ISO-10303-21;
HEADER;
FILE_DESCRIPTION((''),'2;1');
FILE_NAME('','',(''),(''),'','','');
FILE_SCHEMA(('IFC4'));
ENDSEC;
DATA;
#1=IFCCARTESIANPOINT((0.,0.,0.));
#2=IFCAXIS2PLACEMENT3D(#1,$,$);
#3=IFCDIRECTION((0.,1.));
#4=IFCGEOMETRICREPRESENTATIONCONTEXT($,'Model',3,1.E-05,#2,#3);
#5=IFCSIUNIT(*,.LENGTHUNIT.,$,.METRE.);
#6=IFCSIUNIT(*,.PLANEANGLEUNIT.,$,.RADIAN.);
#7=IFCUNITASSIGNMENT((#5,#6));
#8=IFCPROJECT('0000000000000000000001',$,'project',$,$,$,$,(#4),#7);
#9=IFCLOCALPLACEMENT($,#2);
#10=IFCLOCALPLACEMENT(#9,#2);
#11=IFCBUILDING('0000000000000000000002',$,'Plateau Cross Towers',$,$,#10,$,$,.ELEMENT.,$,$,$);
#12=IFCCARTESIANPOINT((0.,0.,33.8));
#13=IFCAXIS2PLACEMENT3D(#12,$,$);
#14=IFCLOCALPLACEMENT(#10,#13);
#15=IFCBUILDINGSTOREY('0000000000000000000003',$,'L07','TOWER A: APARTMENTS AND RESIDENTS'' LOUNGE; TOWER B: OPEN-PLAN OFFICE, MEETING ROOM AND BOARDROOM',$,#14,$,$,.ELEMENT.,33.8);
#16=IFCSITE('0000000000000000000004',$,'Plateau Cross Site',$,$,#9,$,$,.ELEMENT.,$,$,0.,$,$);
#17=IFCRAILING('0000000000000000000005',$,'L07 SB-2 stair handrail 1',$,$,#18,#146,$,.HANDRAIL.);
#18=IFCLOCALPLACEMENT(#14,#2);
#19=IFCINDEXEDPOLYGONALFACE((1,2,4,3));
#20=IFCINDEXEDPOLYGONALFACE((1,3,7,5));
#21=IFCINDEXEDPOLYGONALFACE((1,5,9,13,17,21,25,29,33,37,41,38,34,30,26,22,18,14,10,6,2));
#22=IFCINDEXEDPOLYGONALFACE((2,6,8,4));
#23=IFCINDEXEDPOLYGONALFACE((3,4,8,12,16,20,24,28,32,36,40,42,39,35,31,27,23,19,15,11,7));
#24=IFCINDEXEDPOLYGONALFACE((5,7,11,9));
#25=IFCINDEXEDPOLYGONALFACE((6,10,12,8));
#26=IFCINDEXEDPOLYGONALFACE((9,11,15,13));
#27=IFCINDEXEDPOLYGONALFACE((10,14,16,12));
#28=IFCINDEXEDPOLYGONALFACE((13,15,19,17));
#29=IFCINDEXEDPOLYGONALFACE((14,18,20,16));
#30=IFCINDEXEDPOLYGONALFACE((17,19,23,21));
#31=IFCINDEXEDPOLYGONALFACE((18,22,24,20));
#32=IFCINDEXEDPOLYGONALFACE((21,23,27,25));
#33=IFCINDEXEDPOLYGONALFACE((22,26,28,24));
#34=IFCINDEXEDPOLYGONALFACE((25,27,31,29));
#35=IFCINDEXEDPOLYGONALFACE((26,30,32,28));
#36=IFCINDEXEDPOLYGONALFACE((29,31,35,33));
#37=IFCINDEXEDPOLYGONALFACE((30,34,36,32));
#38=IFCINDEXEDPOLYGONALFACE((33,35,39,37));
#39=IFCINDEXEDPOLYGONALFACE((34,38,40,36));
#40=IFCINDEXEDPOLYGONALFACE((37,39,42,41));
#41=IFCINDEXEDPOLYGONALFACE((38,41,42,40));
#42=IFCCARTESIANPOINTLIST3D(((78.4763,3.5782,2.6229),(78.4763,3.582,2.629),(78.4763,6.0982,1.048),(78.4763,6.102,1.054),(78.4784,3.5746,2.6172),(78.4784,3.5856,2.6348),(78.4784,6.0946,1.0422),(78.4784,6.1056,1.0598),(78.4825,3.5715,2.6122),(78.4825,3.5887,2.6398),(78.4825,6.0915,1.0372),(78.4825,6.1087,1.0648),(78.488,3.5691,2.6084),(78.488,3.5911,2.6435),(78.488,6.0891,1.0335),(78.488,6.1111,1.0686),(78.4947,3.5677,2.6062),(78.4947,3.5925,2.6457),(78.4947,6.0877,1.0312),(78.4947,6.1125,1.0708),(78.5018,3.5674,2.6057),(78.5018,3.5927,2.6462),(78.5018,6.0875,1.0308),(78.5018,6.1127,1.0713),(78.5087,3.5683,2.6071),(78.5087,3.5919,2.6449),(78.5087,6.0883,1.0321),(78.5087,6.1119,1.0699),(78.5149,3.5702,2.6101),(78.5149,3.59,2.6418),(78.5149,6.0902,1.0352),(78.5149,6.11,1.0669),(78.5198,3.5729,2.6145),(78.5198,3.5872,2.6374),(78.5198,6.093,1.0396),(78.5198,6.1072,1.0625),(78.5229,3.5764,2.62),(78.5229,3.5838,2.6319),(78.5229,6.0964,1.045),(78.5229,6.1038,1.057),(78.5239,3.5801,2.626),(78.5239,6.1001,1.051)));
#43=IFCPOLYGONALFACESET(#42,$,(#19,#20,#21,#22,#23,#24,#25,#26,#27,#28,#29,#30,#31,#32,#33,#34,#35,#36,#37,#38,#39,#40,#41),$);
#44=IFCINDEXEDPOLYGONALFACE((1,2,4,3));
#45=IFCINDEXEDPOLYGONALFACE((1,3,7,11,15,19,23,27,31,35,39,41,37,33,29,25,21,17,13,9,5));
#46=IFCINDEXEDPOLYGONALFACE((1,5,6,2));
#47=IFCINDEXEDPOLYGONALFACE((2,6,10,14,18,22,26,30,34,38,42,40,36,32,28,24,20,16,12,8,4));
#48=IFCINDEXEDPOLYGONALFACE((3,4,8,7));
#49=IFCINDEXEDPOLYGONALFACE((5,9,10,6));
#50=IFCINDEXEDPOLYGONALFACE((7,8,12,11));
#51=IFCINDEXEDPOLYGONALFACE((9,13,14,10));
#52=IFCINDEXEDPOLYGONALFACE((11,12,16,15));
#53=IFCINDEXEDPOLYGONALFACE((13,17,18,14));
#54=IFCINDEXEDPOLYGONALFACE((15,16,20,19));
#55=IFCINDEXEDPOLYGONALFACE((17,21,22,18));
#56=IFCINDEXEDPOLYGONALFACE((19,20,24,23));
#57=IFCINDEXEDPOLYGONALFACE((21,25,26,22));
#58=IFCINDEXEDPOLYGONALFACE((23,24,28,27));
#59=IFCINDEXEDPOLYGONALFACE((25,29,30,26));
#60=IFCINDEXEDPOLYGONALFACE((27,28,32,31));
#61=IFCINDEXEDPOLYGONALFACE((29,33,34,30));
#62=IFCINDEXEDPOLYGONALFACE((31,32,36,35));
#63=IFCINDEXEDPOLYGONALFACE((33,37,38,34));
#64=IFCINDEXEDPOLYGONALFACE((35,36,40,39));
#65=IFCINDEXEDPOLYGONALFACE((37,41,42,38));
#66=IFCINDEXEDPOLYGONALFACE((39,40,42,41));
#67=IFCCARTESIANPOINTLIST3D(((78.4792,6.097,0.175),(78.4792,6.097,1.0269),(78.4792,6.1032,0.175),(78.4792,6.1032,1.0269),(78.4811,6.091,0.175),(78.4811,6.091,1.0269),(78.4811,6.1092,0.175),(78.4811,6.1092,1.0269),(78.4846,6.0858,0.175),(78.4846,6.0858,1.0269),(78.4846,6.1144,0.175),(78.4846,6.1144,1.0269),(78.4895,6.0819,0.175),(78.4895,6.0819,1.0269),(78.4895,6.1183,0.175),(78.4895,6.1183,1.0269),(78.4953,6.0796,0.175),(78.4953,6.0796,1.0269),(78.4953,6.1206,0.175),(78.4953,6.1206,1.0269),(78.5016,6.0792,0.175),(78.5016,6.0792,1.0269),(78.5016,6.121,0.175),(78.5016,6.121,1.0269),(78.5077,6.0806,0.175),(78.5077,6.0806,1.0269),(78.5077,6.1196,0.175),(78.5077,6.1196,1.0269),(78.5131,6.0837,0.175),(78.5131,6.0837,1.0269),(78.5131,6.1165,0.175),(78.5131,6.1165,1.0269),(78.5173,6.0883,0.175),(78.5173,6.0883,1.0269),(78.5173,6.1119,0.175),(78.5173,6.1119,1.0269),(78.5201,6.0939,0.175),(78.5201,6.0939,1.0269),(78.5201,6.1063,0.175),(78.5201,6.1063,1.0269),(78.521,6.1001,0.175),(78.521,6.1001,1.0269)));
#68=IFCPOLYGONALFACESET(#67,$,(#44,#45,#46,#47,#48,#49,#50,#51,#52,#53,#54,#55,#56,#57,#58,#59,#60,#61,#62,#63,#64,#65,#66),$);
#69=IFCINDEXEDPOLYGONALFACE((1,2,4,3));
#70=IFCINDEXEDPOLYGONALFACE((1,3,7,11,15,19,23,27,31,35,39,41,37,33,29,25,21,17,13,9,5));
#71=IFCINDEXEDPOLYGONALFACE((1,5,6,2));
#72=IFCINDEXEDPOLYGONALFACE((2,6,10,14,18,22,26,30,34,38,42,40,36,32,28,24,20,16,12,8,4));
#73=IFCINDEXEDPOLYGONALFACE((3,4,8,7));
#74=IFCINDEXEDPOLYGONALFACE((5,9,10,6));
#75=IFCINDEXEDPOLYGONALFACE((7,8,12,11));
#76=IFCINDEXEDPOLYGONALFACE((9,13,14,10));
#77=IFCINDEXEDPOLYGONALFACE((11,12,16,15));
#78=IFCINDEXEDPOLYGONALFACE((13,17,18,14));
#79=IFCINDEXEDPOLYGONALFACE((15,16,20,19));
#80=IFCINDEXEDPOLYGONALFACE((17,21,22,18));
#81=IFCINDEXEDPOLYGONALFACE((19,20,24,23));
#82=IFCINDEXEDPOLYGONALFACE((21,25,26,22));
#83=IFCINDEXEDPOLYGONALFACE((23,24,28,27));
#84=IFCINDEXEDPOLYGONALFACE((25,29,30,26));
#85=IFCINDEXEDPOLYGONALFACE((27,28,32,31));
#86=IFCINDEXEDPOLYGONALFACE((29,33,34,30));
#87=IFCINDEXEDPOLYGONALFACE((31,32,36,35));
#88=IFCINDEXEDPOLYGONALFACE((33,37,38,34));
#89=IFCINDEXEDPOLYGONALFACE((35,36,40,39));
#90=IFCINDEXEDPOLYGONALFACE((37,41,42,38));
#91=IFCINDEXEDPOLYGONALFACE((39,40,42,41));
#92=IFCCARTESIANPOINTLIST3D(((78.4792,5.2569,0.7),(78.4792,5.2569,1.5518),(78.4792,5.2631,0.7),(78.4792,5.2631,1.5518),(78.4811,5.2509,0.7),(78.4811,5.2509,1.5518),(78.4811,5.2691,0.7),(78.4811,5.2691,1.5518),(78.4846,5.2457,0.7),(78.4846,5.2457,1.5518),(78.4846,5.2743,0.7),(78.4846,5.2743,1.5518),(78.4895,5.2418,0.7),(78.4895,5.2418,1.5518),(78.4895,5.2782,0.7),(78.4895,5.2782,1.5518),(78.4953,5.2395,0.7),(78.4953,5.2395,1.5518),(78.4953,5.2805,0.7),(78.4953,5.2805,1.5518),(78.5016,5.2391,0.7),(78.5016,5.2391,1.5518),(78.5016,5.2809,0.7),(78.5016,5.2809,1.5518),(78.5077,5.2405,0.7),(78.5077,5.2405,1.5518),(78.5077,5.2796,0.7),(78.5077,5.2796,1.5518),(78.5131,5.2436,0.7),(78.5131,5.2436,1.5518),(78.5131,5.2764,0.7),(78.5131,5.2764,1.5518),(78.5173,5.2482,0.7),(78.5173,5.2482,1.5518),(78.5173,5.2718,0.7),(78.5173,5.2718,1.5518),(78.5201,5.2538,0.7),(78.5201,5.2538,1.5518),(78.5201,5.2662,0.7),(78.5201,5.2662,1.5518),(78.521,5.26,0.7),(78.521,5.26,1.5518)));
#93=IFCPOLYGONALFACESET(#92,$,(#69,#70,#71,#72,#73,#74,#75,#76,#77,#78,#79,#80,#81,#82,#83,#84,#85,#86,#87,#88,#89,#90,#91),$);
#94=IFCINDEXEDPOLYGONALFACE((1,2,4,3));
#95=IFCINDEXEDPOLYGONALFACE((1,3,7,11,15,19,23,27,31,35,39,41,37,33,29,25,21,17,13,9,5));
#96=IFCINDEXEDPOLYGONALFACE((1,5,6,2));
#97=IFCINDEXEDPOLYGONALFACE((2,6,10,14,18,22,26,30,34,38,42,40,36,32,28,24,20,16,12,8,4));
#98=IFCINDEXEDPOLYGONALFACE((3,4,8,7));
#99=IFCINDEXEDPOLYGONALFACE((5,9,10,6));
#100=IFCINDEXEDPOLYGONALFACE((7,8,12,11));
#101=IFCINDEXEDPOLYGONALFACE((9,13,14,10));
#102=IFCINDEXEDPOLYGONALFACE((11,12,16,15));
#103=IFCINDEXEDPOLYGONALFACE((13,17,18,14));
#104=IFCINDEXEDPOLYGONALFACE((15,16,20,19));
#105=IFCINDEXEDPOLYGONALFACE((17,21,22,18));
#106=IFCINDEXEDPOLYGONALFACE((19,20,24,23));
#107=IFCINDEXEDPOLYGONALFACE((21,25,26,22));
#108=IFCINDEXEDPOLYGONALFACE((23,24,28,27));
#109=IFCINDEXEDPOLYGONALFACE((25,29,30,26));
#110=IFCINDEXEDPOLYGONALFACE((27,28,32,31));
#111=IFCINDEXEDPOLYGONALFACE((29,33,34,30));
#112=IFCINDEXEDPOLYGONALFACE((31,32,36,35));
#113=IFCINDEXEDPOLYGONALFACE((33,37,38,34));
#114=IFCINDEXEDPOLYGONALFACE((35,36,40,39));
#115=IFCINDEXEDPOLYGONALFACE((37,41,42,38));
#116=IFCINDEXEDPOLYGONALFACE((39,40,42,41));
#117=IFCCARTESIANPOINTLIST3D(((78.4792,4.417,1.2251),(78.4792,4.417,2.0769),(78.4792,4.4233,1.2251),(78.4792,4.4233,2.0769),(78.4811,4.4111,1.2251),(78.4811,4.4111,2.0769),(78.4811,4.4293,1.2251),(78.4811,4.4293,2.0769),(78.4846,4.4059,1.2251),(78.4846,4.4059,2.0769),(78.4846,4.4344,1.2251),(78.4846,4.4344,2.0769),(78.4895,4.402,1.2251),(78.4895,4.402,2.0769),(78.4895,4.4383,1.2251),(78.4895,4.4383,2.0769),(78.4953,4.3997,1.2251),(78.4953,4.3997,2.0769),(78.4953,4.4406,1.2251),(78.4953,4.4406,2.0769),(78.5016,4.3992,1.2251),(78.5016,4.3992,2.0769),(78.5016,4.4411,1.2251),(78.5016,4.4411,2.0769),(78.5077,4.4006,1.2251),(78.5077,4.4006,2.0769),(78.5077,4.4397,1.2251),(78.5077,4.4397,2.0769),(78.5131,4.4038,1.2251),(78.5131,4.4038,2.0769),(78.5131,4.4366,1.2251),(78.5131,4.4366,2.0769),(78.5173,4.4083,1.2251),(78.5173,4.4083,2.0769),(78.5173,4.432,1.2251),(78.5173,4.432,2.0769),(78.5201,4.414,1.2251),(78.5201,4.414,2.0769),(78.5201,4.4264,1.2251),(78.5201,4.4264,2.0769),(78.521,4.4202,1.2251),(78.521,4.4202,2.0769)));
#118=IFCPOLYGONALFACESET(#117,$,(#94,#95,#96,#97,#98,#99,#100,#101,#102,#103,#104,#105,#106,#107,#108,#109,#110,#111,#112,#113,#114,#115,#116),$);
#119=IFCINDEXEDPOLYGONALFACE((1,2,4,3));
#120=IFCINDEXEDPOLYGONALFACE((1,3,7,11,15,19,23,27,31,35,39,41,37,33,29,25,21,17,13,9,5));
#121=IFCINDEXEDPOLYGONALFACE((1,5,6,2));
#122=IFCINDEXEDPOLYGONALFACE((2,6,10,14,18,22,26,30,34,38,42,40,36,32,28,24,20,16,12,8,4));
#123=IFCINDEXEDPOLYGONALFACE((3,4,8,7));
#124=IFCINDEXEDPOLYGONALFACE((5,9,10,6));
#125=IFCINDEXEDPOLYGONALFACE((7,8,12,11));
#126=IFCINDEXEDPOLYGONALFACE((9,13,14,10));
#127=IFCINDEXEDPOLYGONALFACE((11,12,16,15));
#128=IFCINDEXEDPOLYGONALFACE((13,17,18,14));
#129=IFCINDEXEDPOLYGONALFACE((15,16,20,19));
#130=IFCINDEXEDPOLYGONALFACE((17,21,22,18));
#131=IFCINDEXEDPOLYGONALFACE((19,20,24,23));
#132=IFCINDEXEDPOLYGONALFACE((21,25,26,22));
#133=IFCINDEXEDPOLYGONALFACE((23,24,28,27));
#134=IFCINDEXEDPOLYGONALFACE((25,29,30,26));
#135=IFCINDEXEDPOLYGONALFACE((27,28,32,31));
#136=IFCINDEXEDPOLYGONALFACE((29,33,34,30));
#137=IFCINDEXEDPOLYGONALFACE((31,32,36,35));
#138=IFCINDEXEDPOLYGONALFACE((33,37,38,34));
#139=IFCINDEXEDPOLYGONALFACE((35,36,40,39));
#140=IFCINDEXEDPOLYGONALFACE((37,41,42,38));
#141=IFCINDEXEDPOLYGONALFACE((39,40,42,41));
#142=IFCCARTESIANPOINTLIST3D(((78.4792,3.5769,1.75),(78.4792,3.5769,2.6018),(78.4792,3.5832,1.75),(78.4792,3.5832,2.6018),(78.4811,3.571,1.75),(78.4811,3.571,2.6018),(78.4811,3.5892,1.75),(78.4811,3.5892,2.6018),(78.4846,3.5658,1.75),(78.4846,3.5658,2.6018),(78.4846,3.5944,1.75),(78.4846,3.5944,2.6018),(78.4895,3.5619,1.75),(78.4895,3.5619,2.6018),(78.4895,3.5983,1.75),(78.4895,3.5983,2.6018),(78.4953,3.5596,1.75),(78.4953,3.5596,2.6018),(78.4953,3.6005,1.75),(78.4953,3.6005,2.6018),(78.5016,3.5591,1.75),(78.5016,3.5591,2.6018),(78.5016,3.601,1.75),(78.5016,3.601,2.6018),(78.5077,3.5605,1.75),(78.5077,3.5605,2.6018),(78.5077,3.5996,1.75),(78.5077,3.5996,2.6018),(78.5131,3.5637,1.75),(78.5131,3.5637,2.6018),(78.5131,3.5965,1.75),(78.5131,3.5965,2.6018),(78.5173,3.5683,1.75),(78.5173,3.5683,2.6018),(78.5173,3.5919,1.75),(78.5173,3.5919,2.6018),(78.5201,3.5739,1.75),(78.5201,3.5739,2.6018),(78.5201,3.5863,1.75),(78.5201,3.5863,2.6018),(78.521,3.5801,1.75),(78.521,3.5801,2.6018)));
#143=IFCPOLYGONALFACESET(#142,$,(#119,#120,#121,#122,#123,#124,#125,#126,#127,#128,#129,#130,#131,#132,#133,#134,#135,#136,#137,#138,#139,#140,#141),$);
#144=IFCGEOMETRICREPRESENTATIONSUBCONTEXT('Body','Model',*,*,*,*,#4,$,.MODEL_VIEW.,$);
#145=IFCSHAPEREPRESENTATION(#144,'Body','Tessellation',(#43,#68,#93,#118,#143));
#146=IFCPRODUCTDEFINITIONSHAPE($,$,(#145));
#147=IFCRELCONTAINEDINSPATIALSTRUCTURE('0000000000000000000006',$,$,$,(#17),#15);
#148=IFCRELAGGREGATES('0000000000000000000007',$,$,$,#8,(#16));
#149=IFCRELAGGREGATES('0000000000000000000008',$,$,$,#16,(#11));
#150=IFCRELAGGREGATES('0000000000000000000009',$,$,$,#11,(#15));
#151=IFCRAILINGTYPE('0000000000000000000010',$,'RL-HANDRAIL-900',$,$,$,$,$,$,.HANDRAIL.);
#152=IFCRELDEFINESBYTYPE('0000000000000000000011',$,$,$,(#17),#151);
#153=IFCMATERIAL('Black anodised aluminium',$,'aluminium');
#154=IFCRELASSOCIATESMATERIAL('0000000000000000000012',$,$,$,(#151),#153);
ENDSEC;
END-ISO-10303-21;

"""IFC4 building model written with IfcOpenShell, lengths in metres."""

from ifc_helpers import new_model, si_unit, direction, frame, origin, origin_2d, place, context, subcontext, project, spatial, circle, extrude, material, type_object, element, save


model = new_model("IFC4")

# Units and contexts
model_context = context("Model", 3, precision=1e-05, world=origin(), true_north=direction((0.0, 1.0)))
body_context = subcontext(model_context, "Body", "Model", "MODEL_VIEW")
ifc_project = project(units=[si_unit("LENGTHUNIT", "METRE"), si_unit("PLANEANGLEUNIT", "RADIAN")], contexts=[model_context])

# Site, building, storey
site_placement = place(None, origin())
site = spatial("IfcSite", under=ifc_project, at=site_placement, Name="Plateau Cross Site", CompositionType="ELEMENT", RefElevation=0.0)
building_placement = place(site_placement, origin())
building = spatial("IfcBuilding", under=site, at=building_placement, Name="Plateau Cross Towers", CompositionType="ELEMENT")
storey_placement = place(building_placement, frame((0.0, 0.0, 33.8)))
storey = spatial("IfcBuildingStorey", under=building, at=storey_placement, Name="L07", Description="TOWER A: APARTMENTS AND RESIDENTS' LOUNGE; TOWER B: OPEN-PLAN OFFICE, MEETING ROOM AND BOARDROOM", CompositionType="ELEMENT", Elevation=33.8)

# Railing
ifc_material_1 = material(Name="Black anodised aluminium", Category="aluminium")
railing_type_1 = type_object("IfcRailingType", Name="RL-HANDRAIL-900", PredefinedType="HANDRAIL", material=ifc_material_1)
railing_1_placement = place(storey_placement, frame((78.5, 6.1001, 0.175)))
element("IfcRailing", 1, at=railing_1_placement, inside=storey, type_object=railing_type_1, Name="L07 SB-2 stair handrail 1", PredefinedType="HANDRAIL", context=body_context, shape_type="SweptSolid", body=[
    extrude(circle(Radius=0.0239, at=origin_2d()), frame((0.0, 0.0, 0.876), z_axis=(0.0, -0.848008, 0.529984), x_axis=(1.0, 0.0, 0.0)), (0.0, 0.0, 1.0), 2.9717),
    extrude(circle(Radius=0.021, at=origin_2d()), origin(), (0.0, 0.0, 1.0), 0.8518),
    extrude(circle(Radius=0.021, at=origin_2d()), frame((0.0, -0.8401, 0.5249)), (0.0, 0.0, 1.0), 0.8518),
    extrude(circle(Radius=0.021, at=origin_2d()), frame((0.0, -1.6799, 1.05)), (0.0, 0.0, 1.0), 0.8518),
    extrude(circle(Radius=0.021, at=origin_2d()), frame((0.0, -2.52, 1.575)), (0.0, 0.0, 1.0), 0.8518),
])

save(model, "model.ifc")
